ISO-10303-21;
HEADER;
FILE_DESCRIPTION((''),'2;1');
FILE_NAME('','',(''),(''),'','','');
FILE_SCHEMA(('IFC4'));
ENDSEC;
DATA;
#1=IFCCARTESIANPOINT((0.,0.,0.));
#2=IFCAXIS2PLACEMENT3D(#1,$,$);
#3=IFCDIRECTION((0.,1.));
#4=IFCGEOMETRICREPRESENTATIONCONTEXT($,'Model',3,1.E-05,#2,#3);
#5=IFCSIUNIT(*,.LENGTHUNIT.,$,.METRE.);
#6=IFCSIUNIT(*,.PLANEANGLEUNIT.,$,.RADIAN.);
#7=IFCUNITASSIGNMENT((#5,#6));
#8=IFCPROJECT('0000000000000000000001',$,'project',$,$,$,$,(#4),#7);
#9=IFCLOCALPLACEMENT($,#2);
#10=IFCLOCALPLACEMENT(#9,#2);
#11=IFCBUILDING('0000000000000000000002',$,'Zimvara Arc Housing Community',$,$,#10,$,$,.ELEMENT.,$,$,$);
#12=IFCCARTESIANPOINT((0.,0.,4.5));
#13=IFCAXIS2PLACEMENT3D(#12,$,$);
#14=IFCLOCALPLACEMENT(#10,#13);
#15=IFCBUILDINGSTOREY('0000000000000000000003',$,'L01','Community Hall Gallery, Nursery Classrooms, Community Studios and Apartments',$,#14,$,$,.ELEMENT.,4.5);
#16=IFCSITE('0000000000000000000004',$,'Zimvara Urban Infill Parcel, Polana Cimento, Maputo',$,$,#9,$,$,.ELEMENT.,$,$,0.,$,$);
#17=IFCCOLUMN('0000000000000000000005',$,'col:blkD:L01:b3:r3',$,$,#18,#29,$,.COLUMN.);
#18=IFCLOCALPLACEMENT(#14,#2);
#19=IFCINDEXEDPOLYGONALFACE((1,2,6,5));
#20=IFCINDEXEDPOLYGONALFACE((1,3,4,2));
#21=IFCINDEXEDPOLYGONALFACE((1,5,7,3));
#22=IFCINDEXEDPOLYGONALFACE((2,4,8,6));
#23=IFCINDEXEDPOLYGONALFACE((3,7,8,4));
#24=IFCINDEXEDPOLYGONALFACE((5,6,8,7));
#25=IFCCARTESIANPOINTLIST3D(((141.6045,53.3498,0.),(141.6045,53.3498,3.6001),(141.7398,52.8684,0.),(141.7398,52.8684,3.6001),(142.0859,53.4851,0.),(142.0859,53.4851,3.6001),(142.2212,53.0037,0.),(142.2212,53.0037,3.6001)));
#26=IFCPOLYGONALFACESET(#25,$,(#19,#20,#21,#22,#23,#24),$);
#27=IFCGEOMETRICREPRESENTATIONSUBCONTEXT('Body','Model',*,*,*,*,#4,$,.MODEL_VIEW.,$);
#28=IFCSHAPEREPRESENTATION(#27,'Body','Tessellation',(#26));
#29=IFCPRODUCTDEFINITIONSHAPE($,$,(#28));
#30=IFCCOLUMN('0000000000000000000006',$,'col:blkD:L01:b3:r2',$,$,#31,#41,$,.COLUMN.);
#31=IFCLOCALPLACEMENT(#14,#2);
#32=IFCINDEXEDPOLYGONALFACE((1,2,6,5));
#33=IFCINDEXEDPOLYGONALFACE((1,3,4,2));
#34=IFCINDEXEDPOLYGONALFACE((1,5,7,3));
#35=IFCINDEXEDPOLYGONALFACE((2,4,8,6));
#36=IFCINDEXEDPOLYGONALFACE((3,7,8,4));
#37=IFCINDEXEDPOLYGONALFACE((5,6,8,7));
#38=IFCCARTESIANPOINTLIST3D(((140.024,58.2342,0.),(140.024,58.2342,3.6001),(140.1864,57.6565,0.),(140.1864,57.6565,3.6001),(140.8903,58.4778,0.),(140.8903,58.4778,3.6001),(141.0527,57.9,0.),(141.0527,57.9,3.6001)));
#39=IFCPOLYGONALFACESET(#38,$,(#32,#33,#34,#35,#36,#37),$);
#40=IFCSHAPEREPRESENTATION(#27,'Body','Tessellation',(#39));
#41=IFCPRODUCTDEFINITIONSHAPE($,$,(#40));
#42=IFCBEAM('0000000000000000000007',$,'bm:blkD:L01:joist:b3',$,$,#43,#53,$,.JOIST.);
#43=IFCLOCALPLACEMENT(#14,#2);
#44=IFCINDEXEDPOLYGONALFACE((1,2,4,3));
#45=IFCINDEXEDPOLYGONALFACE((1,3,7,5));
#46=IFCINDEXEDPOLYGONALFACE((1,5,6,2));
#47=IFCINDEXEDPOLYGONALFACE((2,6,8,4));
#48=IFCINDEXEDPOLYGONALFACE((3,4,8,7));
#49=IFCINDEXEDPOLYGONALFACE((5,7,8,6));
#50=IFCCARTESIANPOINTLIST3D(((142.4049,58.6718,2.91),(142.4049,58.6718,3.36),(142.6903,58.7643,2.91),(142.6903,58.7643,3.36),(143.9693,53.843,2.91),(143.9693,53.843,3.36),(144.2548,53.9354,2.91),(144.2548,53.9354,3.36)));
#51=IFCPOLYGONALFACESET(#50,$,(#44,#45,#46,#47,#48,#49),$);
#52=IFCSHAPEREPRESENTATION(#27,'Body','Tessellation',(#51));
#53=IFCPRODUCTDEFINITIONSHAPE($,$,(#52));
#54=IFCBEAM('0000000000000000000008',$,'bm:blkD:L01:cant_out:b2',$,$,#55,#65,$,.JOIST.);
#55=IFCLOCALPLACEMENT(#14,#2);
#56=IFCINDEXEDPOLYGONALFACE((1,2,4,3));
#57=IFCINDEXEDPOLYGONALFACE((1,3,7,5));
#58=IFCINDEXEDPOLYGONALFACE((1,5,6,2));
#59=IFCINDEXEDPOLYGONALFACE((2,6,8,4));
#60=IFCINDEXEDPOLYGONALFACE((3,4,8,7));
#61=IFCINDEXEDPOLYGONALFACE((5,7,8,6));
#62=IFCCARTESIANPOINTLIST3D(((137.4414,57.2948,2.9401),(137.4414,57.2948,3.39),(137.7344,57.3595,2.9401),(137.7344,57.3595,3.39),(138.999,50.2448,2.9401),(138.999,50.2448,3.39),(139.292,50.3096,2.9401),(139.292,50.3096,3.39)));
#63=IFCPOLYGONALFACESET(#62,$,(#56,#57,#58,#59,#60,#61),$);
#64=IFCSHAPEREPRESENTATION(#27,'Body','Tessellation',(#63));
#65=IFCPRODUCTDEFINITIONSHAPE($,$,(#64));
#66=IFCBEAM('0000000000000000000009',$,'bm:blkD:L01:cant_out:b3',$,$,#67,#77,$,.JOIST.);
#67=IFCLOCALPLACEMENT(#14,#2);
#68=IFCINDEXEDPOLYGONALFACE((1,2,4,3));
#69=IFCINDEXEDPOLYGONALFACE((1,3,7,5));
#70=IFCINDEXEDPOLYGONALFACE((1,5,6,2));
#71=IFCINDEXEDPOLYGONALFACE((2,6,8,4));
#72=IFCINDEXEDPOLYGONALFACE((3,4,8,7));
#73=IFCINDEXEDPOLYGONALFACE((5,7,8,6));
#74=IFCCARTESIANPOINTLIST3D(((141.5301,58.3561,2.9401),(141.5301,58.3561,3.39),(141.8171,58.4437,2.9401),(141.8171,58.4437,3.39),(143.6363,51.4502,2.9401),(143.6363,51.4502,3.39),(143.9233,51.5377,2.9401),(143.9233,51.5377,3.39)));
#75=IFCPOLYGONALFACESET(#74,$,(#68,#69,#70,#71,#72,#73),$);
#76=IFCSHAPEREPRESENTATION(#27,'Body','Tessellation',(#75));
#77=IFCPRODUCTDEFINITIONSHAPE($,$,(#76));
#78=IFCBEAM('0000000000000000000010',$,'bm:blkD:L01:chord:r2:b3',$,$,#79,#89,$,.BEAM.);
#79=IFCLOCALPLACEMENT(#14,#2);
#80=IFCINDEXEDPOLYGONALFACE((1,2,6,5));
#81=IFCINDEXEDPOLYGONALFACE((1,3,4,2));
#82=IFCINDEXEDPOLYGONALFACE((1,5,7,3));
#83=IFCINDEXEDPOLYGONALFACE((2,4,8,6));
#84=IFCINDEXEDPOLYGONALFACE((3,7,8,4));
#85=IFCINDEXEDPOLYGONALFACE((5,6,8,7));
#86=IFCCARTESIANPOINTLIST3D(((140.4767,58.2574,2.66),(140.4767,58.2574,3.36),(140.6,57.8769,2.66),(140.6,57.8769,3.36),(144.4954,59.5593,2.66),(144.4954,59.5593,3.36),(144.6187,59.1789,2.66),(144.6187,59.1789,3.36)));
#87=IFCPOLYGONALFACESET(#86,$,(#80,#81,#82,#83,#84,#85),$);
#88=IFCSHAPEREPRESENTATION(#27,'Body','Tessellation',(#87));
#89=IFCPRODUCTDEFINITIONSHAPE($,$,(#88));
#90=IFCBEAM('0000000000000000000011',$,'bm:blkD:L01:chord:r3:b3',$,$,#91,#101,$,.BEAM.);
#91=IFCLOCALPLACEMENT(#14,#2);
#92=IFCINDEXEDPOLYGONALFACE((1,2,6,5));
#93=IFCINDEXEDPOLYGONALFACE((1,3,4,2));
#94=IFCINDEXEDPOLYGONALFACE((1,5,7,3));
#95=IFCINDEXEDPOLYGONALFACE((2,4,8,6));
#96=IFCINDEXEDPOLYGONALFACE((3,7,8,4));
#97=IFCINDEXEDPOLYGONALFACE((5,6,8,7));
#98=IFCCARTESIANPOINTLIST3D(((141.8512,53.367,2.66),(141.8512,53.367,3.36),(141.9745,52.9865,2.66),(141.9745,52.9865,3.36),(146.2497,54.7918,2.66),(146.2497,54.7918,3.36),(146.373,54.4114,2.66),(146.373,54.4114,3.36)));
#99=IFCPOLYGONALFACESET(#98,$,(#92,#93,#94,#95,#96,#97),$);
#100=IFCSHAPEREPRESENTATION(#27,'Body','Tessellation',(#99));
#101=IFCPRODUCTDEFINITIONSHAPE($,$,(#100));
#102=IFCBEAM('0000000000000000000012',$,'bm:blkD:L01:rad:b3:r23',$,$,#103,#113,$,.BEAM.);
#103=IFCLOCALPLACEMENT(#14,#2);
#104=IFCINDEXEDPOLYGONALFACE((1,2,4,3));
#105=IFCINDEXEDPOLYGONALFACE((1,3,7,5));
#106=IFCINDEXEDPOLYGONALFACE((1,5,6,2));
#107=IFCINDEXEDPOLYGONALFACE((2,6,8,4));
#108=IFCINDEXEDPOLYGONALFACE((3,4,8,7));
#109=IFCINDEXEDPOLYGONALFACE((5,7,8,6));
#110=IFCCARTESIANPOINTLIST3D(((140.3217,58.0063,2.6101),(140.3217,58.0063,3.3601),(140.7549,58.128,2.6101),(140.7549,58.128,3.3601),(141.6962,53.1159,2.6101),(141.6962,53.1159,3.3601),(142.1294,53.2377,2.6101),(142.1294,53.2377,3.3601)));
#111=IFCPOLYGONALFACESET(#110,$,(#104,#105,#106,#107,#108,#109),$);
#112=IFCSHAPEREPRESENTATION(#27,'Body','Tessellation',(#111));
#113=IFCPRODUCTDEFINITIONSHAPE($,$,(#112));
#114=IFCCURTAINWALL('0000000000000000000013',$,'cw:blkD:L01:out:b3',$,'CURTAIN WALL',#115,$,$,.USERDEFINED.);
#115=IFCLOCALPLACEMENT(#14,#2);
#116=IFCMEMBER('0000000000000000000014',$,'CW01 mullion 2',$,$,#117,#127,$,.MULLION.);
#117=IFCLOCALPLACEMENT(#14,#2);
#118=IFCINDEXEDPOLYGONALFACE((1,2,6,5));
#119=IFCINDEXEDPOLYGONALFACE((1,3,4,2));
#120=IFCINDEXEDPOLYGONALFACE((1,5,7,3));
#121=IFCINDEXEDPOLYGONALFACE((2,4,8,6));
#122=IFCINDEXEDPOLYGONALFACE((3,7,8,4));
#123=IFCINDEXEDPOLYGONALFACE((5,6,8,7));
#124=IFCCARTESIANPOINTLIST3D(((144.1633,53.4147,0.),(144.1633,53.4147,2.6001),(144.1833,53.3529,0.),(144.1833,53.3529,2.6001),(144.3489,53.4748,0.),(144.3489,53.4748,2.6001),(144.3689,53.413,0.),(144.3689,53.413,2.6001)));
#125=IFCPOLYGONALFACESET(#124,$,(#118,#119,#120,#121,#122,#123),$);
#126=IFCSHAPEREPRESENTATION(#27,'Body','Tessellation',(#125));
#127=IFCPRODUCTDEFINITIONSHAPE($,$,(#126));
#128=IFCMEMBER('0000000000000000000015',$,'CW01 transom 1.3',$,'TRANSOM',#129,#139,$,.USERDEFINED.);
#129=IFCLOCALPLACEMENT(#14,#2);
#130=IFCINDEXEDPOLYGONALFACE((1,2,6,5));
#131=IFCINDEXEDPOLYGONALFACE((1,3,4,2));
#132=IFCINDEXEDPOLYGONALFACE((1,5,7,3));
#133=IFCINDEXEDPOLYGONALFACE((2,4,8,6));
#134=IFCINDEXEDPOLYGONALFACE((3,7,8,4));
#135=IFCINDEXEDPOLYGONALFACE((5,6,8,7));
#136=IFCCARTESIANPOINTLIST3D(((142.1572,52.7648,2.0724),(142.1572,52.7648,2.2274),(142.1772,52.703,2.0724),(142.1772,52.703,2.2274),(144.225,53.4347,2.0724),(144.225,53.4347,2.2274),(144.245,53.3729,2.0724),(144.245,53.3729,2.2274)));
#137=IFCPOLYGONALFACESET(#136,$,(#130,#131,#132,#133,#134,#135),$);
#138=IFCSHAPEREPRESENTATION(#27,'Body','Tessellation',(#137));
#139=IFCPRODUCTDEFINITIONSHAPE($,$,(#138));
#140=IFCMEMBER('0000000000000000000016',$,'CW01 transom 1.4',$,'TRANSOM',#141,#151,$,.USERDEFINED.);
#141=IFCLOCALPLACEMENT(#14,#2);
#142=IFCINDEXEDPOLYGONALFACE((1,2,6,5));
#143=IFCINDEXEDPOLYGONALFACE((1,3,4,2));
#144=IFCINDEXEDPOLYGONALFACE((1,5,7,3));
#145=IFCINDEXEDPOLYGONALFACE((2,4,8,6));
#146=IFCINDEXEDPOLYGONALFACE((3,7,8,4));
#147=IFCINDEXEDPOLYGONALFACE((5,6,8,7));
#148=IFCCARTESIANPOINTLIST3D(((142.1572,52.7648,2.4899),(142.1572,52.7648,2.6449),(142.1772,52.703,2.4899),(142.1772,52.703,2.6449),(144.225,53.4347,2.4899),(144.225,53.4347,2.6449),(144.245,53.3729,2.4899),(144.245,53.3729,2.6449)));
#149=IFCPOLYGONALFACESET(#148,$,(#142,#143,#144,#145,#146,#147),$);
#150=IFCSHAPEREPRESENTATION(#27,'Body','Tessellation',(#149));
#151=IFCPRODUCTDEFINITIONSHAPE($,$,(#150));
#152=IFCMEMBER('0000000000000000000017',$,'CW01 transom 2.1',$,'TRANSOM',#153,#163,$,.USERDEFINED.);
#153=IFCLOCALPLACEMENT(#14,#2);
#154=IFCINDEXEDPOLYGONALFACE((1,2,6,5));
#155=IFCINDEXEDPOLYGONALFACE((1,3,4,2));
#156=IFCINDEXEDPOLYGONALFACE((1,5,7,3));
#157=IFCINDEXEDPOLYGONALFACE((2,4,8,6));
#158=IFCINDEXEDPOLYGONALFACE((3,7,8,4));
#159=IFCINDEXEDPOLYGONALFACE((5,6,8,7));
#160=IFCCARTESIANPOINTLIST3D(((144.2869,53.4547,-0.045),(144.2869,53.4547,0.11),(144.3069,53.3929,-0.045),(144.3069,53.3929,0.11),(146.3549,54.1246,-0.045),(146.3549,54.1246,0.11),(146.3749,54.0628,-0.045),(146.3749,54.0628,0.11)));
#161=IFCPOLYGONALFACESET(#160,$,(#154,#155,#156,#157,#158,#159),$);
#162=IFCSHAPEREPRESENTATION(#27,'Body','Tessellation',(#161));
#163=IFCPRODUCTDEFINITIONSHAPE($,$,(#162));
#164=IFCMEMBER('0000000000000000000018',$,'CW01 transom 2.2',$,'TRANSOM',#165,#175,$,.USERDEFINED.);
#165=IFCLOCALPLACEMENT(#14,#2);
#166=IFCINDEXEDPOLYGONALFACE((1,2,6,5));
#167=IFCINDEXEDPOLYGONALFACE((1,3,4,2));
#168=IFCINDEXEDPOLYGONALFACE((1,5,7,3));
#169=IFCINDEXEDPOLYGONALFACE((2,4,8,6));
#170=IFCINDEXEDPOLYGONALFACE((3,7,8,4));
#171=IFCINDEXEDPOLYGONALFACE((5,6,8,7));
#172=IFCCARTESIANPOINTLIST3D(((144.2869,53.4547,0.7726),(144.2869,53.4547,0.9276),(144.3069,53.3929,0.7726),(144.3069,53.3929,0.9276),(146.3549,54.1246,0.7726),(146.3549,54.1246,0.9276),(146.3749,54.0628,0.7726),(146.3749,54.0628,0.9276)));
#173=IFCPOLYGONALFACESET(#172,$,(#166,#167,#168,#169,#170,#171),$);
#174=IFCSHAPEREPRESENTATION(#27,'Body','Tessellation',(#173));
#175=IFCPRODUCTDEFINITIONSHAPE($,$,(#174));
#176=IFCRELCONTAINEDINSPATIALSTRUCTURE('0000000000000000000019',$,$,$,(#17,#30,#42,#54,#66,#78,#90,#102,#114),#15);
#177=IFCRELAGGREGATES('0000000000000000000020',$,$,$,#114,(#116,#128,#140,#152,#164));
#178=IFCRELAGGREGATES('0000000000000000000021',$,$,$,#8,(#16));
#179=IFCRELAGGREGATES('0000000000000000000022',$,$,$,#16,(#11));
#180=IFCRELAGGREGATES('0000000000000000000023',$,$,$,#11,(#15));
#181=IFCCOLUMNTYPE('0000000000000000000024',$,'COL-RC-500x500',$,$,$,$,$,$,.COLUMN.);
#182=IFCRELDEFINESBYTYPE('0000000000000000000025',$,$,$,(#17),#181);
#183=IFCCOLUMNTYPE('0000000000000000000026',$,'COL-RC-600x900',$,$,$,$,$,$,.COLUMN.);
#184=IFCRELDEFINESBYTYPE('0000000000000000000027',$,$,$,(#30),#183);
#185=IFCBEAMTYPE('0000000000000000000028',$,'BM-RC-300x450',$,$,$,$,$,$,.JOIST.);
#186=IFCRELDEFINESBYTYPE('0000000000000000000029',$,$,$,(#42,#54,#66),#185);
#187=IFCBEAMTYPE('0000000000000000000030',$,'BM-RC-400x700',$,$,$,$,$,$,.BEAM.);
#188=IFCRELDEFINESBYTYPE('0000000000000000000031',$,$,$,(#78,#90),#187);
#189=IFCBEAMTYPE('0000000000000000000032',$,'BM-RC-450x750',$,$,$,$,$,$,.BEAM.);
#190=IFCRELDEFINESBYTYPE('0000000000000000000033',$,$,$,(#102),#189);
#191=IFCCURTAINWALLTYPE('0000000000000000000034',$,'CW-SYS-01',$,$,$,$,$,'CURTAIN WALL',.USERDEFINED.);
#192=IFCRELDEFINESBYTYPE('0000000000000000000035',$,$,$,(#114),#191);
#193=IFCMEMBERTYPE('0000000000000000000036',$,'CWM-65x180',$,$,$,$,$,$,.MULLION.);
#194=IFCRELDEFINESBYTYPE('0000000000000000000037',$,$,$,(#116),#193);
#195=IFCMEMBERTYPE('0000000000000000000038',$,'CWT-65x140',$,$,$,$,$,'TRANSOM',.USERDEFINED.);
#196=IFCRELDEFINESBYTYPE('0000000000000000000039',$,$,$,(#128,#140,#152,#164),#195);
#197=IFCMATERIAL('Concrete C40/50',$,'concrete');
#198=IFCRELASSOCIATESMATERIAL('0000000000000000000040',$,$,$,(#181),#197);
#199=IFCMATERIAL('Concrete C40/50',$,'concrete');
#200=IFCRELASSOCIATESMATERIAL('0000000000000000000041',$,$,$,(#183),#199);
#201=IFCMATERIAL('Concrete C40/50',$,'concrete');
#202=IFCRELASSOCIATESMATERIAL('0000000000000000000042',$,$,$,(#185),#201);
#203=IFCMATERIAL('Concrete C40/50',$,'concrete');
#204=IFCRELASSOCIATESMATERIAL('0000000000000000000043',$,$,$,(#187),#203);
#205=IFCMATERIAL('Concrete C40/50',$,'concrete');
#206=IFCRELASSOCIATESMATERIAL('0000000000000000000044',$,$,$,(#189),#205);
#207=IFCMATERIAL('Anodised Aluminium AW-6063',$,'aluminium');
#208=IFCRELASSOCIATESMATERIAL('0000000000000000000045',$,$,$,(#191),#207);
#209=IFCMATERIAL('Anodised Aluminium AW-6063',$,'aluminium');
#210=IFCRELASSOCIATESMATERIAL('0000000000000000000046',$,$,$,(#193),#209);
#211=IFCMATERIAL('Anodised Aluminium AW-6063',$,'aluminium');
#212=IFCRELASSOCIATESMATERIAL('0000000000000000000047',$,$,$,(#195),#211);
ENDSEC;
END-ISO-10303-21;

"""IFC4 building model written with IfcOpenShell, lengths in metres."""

from ifc_helpers import new_model, si_unit, direction, frame, origin, origin_2d, place, context, subcontext, project, spatial, rectangle, extrude, material, material_profile, profile_set, type_object, element, aggregate, save


model = new_model("IFC4")

# Units and contexts
model_context = context("Model", 3, precision=1e-05, world=origin(), true_north=direction((0.0, 1.0)))
body_context = subcontext(model_context, "Body", "Model", "MODEL_VIEW")
ifc_project = project(units=[si_unit("LENGTHUNIT", "METRE"), si_unit("PLANEANGLEUNIT", "RADIAN")], contexts=[model_context])

# Site, building, storey
site_placement = place(None, origin())
site = spatial("IfcSite", under=ifc_project, at=site_placement, Name="Zimvara Urban Infill Parcel, Polana Cimento, Maputo", CompositionType="ELEMENT", RefElevation=0.0)
building_placement = place(site_placement, origin())
building = spatial("IfcBuilding", under=site, at=building_placement, Name="Zimvara Arc Housing Community", CompositionType="ELEMENT")
storey_placement = place(building_placement, frame((0.0, 0.0, 4.5)))
storey = spatial("IfcBuildingStorey", under=building, at=storey_placement, Name="L01", Description="Community Hall Gallery, Nursery Classrooms, Community Studios and Apartments", CompositionType="ELEMENT", Elevation=4.5)

# Columns
ifc_material_1 = material(Name="Concrete C40/50", Category="concrete")
ifc_material_profile_1 = material_profile(ifc_material_1, rectangle(XDim=0.5, YDim=0.5, at=origin_2d()), Name="RC 500x500")
ifc_profile_set_1 = profile_set([ifc_material_profile_1], Name="Concrete C40/50")
column_type_1 = type_object("IfcColumnType", Name="COL-RC-500x500", PredefinedType="COLUMN", material=ifc_profile_set_1)
column_1_placement = place(storey_placement, frame((141.9128, 53.1768, 0.0), z_axis=(0.0, 0.0, 1.0), x_axis=(0.2706, -0.962692, 0.0)))
element("IfcColumn", 1, at=column_1_placement, inside=storey, type_object=column_type_1, Name="col:blkD:L01:b3:r3", PredefinedType="COLUMN", context=body_context, shape_type="SweptSolid", body=[
    extrude(rectangle(XDim=0.5, YDim=0.5, at=origin_2d()), origin(), (0.0, 0.0, 1.0), 3.6001),
])
ifc_material_2 = material(Name="Concrete C40/50", Category="concrete")
ifc_material_profile_2 = material_profile(ifc_material_2, rectangle(XDim=0.6001, YDim=0.8999, at=origin_2d()), Name="RC 600x900")
ifc_profile_set_2 = profile_set([ifc_material_profile_2], Name="Concrete C40/50")
column_type_2 = type_object("IfcColumnType", Name="COL-RC-600x900", PredefinedType="COLUMN", material=ifc_profile_set_2)
column_2_placement = place(storey_placement, frame((140.5383, 58.0671, 0.0), z_axis=(0.0, 0.0, 1.0), x_axis=(0.2706, -0.962692, 0.0)))
element("IfcColumn", 2, at=column_2_placement, inside=storey, type_object=column_type_2, Name="col:blkD:L01:b3:r2", PredefinedType="COLUMN", context=body_context, shape_type="SweptSolid", body=[
    extrude(rectangle(XDim=0.6001, YDim=0.8999, at=origin_2d()), origin(), (0.0, 0.0, 1.0), 3.6001),
])

# Beams
ifc_material_3 = material(Name="Concrete C40/50", Category="concrete")
ifc_material_profile_3 = material_profile(ifc_material_3, rectangle(XDim=0.3, YDim=0.45, at=origin_2d()), Name="RC 300x450")
ifc_profile_set_3 = profile_set([ifc_material_profile_3], Name="Concrete C40/50")
beam_type_1 = type_object("IfcBeamType", Name="BM-RC-300x450", PredefinedType="JOIST", material=ifc_profile_set_3)
beam_1_placement = place(storey_placement, frame((142.5476, 58.718, 3.135), z_axis=(0.308208, -0.951319, 0.0), x_axis=(0.951319, 0.308208, 0.0)))
element("IfcBeam", 3, at=beam_1_placement, inside=storey, type_object=beam_type_1, Name="bm:blkD:L01:joist:b3", PredefinedType="JOIST", context=body_context, shape_type="SweptSolid", body=[
    extrude(rectangle(XDim=0.3, YDim=0.45, at=origin_2d()), origin(), (0.0, 0.0, 1.0), 5.0759),
])
for number, where, z_axis, x_axis, name in (
    (4, (137.5879, 57.3271, 3.165), (0.215734, -0.976452, 0.0), (0.976452, 0.215734, 0.0), "bm:blkD:L01:cant_out:b2"),
    (5, (141.6736, 58.3999, 3.165), (0.291716, -0.956505, 0.0), (0.956505, 0.291716, 0.0), "bm:blkD:L01:cant_out:b3"),
):
    element("IfcBeam", number, at=place(storey_placement, frame(where, z_axis=z_axis, x_axis=x_axis)), inside=storey, type_object=beam_type_1, Name=name, PredefinedType="JOIST", context=body_context, shape_type="SweptSolid", body=[
        extrude(rectangle(XDim=0.3, YDim=0.45, at=origin_2d()), origin(), (0.0, 0.0, 1.0), 7.22),
    ])
ifc_material_4 = material(Name="Concrete C40/50", Category="concrete")
ifc_material_profile_4 = material_profile(ifc_material_4, rectangle(XDim=0.3999, YDim=0.7, at=origin_2d()), Name="RC 400x700")
ifc_profile_set_4 = profile_set([ifc_material_profile_4], Name="Concrete C40/50")
beam_type_2 = type_object("IfcBeamType", Name="BM-RC-400x700", PredefinedType="BEAM", material=ifc_profile_set_4)
beam_2_placement = place(storey_placement, frame((140.5383, 58.0671, 3.01), z_axis=(0.951319, 0.308206, 0.0), x_axis=(-0.308206, 0.951319, 0.0)))
element("IfcBeam", 6, at=beam_2_placement, inside=storey, type_object=beam_type_2, Name="bm:blkD:L01:chord:r2:b3", PredefinedType="BEAM", context=body_context, shape_type="SweptSolid", body=[
    extrude(rectangle(XDim=0.3999, YDim=0.7, at=origin_2d()), origin(), (0.0, 0.0, 1.0), 4.2244),
])
beam_3_placement = place(storey_placement, frame((141.9128, 53.1768, 3.01), z_axis=(0.951332, 0.308169, 0.0), x_axis=(-0.308169, 0.951332, 0.0)))
element("IfcBeam", 7, at=beam_3_placement, inside=storey, type_object=beam_type_2, Name="bm:blkD:L01:chord:r3:b3", PredefinedType="BEAM", context=body_context, shape_type="SweptSolid", body=[
    extrude(rectangle(XDim=0.3999, YDim=0.7, at=origin_2d()), origin(), (0.0, 0.0, 1.0), 4.6235),
])
ifc_material_5 = material(Name="Concrete C40/50", Category="concrete")
ifc_material_profile_5 = material_profile(ifc_material_5, rectangle(XDim=0.45, YDim=0.75, at=origin_2d()), Name="RC 450x750")
ifc_profile_set_5 = profile_set([ifc_material_profile_5], Name="Concrete C40/50")
beam_type_3 = type_object("IfcBeamType", Name="BM-RC-450x750", PredefinedType="BEAM", material=ifc_profile_set_5)
beam_4_placement = place(storey_placement, frame((140.5383, 58.0671, 2.9851), z_axis=(0.27058, -0.962698, 0.0), x_axis=(0.962698, 0.27058, 0.0)))
element("IfcBeam", 8, at=beam_4_placement, inside=storey, type_object=beam_type_3, Name="bm:blkD:L01:rad:b3:r23", PredefinedType="BEAM", context=body_context, shape_type="SweptSolid", body=[
    extrude(rectangle(XDim=0.45, YDim=0.75, at=origin_2d()), origin(), (0.0, 0.0, 1.0), 5.0798),
])

# Curtain wall, members
ifc_material_6 = material(Name="Anodised Aluminium AW-6063", Category="aluminium")
curtain_wall_type = type_object("IfcCurtainWallType", Name="CW-SYS-01", ElementType="CURTAIN WALL", PredefinedType="USERDEFINED", material=ifc_material_6)
curtain_wall_placement = place(storey_placement, origin())
curtain_wall = element("IfcCurtainWall", 9, at=curtain_wall_placement, inside=storey, type_object=curtain_wall_type, Name="cw:blkD:L01:out:b3", ObjectType="CURTAIN WALL", PredefinedType="USERDEFINED")
ifc_material_7 = material(Name="Anodised Aluminium AW-6063", Category="aluminium")
ifc_material_profile_6 = material_profile(ifc_material_7, rectangle(XDim=0.0649, YDim=0.1951, at=origin_2d()), Name="ALU 65x195")
ifc_profile_set_6 = profile_set([ifc_material_profile_6], Name="Anodised Aluminium AW-6063")
member_type_1 = type_object("IfcMemberType", Name="CWM-65x180", PredefinedType="MULLION", material=ifc_profile_set_6)
member_1_placement = place(storey_placement, frame((144.2661, 53.4138, 0.0), z_axis=(0.0, 0.0, 1.0), x_axis=(-0.308185, 0.951326, 0.0)))
member_1 = element("IfcMember", 10, at=member_1_placement, type_object=member_type_1, Name="CW01 mullion 2", PredefinedType="MULLION", context=body_context, shape_type="SweptSolid", body=[
    extrude(rectangle(XDim=0.0649, YDim=0.1951, at=origin_2d()), origin(), (0.0, 0.0, 1.0), 2.6001),
])
ifc_material_8 = material(Name="Anodised Aluminium AW-6063", Category="aluminium")
ifc_material_profile_7 = material_profile(ifc_material_8, rectangle(XDim=0.0649, YDim=0.155, at=origin_2d()), Name="ALU 65x155")
ifc_profile_set_7 = profile_set([ifc_material_profile_7], Name="Anodised Aluminium AW-6063")
member_type_2 = type_object("IfcMemberType", Name="CWT-65x140", ElementType="TRANSOM", PredefinedType="USERDEFINED", material=ifc_profile_set_7)
member_2_placement = place(storey_placement, frame((142.1672, 52.7339, 2.1499), z_axis=(0.951323, 0.308197, 0.0), x_axis=(-0.308197, 0.951323, 0.0)))
member_2 = element("IfcMember", 11, at=member_2_placement, type_object=member_type_2, Name="CW01 transom 1.3", ObjectType="TRANSOM", PredefinedType="USERDEFINED", context=body_context, shape_type="SweptSolid", body=[
    extrude(rectangle(XDim=0.0649, YDim=0.155, at=origin_2d()), origin(), (0.0, 0.0, 1.0), 2.1736),
])
member_3_placement = place(storey_placement, frame((142.1672, 52.7339, 2.5674), z_axis=(0.951323, 0.308197, 0.0), x_axis=(-0.308197, 0.951323, 0.0)))
member_3 = element("IfcMember", 12, at=member_3_placement, type_object=member_type_2, Name="CW01 transom 1.4", ObjectType="TRANSOM", PredefinedType="USERDEFINED", context=body_context, shape_type="SweptSolid", body=[
    extrude(rectangle(XDim=0.0649, YDim=0.155, at=origin_2d()), origin(), (0.0, 0.0, 1.0), 2.1736),
])
member_4_placement = place(storey_placement, frame((144.2969, 53.4238, 0.0325), z_axis=(0.951333, 0.308164, 0.0), x_axis=(-0.308164, 0.951333, 0.0)))
member_4 = element("IfcMember", 13, at=member_4_placement, type_object=member_type_2, Name="CW01 transom 2.1", ObjectType="TRANSOM", PredefinedType="USERDEFINED", context=body_context, shape_type="SweptSolid", body=[
    extrude(rectangle(XDim=0.0649, YDim=0.155, at=origin_2d()), origin(), (0.0, 0.0, 1.0), 2.1738),
])
member_5_placement = place(storey_placement, frame((144.2969, 53.4238, 0.8501), z_axis=(0.951333, 0.308164, 0.0), x_axis=(-0.308164, 0.951333, 0.0)))
member_5 = element("IfcMember", 14, at=member_5_placement, type_object=member_type_2, Name="CW01 transom 2.2", ObjectType="TRANSOM", PredefinedType="USERDEFINED", context=body_context, shape_type="SweptSolid", body=[
    extrude(rectangle(XDim=0.0649, YDim=0.155, at=origin_2d()), origin(), (0.0, 0.0, 1.0), 2.1738),
])
aggregate(curtain_wall, [member_1, member_2, member_3, member_4, member_5])

save(model, "model.ifc")
